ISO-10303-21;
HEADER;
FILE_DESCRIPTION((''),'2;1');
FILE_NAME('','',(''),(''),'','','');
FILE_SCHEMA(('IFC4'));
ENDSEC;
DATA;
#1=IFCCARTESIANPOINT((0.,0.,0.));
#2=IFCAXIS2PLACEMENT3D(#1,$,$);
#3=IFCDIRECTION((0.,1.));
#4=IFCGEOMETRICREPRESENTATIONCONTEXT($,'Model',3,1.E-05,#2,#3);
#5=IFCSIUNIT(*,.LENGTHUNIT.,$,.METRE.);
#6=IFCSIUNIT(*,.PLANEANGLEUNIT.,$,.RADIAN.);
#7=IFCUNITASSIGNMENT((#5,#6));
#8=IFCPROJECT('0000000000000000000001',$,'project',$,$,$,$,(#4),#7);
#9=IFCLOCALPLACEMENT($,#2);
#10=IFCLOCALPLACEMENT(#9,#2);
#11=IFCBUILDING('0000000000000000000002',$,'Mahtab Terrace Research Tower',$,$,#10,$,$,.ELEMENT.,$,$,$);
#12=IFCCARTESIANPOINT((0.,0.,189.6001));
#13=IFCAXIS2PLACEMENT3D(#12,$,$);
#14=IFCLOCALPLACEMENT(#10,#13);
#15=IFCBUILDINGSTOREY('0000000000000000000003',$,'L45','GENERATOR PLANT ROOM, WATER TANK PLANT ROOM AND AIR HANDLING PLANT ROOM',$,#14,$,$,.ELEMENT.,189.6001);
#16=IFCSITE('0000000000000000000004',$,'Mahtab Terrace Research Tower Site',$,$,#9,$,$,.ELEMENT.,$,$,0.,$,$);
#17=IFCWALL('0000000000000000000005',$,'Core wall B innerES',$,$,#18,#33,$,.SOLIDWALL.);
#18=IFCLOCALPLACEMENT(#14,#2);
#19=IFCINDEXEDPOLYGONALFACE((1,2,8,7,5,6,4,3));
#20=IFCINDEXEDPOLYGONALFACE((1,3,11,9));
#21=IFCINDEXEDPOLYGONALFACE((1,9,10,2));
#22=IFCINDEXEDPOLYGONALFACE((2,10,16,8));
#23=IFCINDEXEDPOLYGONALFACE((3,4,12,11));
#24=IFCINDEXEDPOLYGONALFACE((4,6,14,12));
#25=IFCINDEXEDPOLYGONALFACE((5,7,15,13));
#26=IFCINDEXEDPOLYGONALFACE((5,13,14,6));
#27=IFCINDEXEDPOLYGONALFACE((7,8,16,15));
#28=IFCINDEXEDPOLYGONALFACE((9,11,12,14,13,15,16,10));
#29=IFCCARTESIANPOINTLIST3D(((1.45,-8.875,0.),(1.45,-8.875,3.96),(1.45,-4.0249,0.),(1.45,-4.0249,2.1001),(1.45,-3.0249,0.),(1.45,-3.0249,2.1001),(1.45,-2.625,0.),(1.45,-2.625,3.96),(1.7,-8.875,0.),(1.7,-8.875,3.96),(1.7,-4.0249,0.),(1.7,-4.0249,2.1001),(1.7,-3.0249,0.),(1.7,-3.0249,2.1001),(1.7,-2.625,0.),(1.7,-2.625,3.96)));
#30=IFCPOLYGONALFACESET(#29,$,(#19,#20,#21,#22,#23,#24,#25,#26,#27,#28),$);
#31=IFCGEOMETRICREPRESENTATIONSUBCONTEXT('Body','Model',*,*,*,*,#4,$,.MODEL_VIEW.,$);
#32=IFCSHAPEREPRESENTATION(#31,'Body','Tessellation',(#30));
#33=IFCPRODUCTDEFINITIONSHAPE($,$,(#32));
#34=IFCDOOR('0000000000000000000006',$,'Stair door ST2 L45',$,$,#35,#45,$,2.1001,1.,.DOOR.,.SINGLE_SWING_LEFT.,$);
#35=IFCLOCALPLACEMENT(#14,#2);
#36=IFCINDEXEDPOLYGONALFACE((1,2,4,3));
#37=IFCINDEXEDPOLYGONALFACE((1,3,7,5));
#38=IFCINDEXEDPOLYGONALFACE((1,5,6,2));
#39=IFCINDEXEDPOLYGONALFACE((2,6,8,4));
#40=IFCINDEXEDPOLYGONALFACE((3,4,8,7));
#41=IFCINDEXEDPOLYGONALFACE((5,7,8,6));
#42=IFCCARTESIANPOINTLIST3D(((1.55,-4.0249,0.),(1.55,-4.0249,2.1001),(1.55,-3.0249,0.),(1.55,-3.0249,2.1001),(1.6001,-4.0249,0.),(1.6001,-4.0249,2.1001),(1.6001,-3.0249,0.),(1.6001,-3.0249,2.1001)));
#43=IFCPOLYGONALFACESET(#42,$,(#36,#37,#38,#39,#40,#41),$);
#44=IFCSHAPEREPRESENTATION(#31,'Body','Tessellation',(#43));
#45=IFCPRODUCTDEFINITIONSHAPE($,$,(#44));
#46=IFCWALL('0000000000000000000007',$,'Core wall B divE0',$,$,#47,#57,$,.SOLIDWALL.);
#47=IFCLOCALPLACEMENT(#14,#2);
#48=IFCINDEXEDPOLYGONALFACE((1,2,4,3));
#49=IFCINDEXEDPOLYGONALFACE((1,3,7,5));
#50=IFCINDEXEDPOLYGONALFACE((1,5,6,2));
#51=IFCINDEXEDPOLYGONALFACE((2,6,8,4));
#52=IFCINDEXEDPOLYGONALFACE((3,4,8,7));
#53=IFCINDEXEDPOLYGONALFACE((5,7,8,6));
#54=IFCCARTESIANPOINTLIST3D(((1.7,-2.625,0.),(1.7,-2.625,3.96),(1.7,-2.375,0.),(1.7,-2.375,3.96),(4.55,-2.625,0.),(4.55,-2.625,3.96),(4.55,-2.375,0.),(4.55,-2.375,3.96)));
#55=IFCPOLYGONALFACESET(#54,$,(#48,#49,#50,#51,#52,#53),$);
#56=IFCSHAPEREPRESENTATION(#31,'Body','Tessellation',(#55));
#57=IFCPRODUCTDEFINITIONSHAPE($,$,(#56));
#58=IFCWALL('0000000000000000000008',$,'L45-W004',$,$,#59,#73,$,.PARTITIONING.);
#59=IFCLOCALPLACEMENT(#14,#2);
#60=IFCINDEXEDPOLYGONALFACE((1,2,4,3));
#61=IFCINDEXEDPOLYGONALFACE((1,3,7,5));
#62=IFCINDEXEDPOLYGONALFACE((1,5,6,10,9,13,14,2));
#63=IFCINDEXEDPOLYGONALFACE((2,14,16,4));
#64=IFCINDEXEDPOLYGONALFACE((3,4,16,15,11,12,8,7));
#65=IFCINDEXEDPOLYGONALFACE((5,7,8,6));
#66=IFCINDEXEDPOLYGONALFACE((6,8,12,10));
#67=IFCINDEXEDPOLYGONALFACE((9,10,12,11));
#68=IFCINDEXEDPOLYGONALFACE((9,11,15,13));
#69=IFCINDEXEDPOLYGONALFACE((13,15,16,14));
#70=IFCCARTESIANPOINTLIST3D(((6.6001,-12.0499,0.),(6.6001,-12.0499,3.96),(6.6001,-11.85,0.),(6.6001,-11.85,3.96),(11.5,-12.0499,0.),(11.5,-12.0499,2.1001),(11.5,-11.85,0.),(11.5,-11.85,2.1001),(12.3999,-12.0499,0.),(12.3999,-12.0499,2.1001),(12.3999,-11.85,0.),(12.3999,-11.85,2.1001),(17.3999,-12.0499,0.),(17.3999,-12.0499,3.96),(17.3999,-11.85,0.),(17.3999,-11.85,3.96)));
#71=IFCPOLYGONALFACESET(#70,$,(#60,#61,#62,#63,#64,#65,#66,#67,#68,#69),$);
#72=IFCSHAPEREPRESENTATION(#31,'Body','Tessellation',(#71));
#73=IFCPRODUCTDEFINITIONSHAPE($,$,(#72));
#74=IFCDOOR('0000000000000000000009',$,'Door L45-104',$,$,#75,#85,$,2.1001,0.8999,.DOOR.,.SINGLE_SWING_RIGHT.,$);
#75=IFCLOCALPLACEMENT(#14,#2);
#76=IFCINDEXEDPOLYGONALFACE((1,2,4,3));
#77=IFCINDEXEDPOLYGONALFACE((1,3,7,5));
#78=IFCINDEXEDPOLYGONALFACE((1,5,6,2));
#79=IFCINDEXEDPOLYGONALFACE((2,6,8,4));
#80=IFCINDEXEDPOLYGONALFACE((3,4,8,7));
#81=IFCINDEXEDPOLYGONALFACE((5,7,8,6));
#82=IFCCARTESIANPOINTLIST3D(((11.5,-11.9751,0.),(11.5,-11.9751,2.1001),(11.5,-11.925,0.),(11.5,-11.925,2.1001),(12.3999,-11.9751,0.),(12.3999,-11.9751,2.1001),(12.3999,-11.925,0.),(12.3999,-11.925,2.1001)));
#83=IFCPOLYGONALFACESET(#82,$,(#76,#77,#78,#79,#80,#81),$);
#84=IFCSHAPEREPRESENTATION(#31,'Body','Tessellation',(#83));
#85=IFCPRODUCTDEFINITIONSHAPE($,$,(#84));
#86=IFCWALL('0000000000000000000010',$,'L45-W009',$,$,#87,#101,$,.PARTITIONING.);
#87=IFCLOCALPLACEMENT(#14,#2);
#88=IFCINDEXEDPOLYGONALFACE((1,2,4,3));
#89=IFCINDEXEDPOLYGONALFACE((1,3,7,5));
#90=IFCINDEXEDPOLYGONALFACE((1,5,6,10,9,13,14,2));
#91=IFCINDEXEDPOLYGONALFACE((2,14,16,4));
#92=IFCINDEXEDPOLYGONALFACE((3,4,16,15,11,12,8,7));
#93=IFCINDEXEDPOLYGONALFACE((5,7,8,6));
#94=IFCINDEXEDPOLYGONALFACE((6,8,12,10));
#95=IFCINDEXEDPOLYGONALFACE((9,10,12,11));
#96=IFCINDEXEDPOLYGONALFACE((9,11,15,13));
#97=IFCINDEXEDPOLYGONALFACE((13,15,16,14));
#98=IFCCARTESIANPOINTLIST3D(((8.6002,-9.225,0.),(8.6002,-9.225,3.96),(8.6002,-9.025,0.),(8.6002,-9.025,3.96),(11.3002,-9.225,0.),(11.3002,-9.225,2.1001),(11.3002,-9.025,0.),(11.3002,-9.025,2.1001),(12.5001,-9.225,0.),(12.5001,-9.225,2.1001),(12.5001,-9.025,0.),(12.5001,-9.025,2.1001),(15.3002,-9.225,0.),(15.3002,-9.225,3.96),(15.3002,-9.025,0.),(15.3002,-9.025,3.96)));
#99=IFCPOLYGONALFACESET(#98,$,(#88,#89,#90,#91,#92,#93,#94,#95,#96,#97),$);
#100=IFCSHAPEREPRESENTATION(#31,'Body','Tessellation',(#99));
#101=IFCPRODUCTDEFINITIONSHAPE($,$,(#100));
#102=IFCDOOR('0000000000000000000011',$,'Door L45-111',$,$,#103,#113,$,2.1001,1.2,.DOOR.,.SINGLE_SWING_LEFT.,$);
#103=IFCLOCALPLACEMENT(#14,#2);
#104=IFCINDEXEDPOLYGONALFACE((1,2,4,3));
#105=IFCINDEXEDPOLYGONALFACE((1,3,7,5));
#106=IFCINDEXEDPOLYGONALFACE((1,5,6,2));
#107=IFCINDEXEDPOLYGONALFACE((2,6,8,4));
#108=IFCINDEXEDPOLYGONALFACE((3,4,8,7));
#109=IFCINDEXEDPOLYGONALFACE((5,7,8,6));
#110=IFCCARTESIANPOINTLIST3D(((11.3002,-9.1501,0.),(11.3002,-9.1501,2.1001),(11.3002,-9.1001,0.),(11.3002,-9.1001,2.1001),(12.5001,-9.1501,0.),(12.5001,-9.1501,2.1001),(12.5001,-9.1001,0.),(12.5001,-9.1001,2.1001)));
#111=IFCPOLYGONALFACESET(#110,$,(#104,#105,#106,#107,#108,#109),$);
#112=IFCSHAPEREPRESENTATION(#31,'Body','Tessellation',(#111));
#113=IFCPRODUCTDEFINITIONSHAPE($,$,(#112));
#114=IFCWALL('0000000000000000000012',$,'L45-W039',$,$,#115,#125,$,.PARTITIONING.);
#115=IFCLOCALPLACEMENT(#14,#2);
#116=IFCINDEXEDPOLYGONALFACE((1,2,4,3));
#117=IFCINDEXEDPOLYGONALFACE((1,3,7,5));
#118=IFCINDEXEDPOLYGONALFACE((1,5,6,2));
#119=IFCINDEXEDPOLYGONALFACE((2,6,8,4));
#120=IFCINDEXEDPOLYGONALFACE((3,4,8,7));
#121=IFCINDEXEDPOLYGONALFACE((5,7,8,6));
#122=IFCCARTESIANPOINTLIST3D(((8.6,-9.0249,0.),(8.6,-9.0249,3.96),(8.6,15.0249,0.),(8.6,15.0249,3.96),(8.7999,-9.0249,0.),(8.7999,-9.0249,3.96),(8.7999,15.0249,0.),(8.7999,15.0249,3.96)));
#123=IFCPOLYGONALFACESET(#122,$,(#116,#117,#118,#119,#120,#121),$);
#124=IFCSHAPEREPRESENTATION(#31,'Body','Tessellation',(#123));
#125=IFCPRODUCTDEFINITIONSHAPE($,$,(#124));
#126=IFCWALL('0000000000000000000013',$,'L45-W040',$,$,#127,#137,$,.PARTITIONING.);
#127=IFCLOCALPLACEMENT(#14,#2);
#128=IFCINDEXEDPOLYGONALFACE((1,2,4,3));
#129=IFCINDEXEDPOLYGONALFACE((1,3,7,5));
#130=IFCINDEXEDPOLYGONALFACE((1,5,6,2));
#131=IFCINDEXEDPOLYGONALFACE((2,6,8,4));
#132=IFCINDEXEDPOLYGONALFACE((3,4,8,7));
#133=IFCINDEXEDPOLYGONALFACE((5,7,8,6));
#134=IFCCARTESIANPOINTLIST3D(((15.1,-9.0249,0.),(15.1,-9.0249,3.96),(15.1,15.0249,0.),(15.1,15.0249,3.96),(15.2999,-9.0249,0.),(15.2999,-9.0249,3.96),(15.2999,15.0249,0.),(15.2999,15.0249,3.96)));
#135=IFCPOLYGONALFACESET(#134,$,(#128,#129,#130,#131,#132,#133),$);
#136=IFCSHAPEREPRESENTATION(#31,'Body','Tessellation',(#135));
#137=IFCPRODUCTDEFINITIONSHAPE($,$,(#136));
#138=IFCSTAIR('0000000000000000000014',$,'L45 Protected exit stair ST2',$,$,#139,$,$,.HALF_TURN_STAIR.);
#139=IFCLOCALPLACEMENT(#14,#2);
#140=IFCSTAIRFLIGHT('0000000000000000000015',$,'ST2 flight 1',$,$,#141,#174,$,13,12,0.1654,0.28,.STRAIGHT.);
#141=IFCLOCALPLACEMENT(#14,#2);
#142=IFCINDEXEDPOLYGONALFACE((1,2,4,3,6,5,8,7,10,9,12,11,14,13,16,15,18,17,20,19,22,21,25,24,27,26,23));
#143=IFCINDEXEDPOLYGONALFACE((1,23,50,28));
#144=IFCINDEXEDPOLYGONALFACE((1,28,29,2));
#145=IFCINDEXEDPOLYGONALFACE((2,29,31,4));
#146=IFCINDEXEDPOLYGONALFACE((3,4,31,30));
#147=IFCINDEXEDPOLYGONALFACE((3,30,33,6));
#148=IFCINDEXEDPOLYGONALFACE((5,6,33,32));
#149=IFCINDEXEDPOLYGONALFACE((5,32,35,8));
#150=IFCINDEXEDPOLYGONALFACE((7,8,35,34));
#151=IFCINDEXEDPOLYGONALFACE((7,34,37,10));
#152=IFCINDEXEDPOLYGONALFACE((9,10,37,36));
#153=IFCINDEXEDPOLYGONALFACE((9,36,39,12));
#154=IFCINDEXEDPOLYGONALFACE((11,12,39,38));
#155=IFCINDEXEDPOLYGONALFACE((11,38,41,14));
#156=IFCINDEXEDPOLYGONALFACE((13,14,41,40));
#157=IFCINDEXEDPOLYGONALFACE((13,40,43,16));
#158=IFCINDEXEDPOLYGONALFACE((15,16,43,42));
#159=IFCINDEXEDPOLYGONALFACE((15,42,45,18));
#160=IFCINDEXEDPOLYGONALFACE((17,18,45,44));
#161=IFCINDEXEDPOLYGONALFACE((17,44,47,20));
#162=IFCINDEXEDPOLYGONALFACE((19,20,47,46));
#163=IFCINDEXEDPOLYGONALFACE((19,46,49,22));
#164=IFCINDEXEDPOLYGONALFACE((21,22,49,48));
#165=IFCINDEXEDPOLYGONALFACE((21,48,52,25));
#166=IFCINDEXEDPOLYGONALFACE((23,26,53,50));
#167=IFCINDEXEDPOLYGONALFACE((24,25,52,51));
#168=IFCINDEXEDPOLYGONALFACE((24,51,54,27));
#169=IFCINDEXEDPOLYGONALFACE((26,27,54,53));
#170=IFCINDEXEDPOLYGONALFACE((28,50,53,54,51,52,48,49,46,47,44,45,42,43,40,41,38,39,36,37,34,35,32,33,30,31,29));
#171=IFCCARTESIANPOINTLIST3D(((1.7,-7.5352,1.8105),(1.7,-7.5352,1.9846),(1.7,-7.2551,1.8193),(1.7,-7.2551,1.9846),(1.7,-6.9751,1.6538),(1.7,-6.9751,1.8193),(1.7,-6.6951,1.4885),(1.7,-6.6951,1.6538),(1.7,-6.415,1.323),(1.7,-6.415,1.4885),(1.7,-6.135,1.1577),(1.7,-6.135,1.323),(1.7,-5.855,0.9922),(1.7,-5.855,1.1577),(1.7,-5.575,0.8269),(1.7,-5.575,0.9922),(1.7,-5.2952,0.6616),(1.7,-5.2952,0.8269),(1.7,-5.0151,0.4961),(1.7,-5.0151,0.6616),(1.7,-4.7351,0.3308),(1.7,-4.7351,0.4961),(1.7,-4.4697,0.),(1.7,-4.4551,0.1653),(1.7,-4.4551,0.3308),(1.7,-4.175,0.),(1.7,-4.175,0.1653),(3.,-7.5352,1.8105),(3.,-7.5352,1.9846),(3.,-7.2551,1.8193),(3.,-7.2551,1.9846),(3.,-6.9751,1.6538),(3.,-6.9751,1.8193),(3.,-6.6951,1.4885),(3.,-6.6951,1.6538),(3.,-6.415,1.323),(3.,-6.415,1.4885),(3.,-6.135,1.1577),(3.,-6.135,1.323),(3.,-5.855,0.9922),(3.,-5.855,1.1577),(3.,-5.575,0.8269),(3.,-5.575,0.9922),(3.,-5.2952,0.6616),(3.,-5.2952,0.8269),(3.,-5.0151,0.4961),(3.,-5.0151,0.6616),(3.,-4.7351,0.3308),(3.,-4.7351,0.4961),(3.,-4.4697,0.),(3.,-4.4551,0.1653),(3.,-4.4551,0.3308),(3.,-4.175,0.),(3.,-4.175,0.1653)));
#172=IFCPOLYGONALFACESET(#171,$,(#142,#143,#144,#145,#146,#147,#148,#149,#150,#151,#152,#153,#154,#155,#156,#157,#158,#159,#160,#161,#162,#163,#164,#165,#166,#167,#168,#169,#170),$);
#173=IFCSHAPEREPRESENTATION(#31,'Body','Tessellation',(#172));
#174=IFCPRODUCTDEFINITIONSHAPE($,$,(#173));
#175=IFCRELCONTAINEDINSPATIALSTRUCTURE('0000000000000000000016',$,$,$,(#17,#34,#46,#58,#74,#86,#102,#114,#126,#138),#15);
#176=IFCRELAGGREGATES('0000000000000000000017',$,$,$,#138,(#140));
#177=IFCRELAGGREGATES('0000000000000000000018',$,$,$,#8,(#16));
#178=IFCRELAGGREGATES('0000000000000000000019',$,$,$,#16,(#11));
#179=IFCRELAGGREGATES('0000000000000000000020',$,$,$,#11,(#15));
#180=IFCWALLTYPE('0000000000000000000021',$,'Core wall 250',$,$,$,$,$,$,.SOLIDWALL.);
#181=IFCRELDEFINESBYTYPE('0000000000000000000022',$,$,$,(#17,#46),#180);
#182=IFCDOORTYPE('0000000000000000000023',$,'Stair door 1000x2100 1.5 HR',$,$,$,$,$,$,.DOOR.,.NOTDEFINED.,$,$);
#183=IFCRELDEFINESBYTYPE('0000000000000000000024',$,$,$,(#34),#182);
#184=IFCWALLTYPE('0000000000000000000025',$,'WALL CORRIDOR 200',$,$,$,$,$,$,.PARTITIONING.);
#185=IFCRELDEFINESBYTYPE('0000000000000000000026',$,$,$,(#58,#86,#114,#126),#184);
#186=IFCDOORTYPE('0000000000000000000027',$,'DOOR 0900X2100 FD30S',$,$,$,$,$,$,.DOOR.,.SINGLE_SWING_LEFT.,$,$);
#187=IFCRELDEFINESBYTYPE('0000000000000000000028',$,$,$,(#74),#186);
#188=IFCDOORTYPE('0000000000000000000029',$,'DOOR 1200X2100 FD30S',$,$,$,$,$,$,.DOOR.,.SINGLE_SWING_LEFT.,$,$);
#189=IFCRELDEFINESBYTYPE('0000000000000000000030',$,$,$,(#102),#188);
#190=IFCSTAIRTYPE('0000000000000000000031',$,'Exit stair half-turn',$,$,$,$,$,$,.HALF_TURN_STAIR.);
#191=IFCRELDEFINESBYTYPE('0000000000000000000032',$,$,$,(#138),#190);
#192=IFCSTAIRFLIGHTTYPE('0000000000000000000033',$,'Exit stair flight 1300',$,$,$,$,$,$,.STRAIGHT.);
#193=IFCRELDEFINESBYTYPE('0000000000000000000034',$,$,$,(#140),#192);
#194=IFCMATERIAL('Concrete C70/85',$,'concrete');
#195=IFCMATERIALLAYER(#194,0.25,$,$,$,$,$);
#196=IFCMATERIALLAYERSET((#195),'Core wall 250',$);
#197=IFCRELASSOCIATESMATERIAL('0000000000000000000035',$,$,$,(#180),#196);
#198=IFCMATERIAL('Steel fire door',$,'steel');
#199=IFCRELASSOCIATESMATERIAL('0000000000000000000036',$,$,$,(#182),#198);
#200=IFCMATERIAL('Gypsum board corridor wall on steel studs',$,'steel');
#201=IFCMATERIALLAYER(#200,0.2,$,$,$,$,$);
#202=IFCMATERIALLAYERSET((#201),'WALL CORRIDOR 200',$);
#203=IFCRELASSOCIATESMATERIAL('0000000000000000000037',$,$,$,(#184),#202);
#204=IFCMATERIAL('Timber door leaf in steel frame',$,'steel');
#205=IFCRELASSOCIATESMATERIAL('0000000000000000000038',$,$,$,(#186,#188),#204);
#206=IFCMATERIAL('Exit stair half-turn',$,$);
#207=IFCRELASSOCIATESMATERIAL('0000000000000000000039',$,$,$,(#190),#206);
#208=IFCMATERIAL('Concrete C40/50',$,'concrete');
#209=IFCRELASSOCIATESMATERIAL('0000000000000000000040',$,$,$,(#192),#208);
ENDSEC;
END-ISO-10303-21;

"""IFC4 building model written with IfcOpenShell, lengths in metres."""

from ifc_helpers import new_model, si_unit, direction, frame, frame_2d, origin, place, context, subcontext, project, spatial, polyline, rectangle, outline, extrude, material, layer, layer_set, type_object, element, fill, aggregate, save


model = new_model("IFC4")

# Units and contexts
model_context = context("Model", 3, precision=1e-05, world=origin(), true_north=direction((0.0, 1.0)))
body_context = subcontext(model_context, "Body", "Model", "MODEL_VIEW")
ifc_project = project(units=[si_unit("LENGTHUNIT", "METRE"), si_unit("PLANEANGLEUNIT", "RADIAN")], contexts=[model_context])

# Site, building, storey
site_placement = place(None, origin())
site = spatial("IfcSite", under=ifc_project, at=site_placement, Name="Mahtab Terrace Research Tower Site", CompositionType="ELEMENT", RefElevation=0.0)
building_placement = place(site_placement, origin())
building = spatial("IfcBuilding", under=site, at=building_placement, Name="Mahtab Terrace Research Tower", CompositionType="ELEMENT")
storey_placement = place(building_placement, frame((0.0, 0.0, 189.6001)))
storey = spatial("IfcBuildingStorey", under=building, at=storey_placement, Name="L45", Description="GENERATOR PLANT ROOM, WATER TANK PLANT ROOM AND AIR HANDLING PLANT ROOM", CompositionType="ELEMENT", Elevation=189.6001)

# Shared definitions
ifc_material_1 = material(Name="Concrete C70/85", Category="concrete")

# Shared definitions
ifc_layer_1 = layer(ifc_material_1, 0.25)
ifc_layer_set_1 = layer_set([ifc_layer_1], Name="Core wall 250")
wall_type_1 = type_object("IfcWallType", Name="Core wall 250", PredefinedType="SOLIDWALL", material=ifc_layer_set_1)

# Wall, opening, door
ifc_material_2 = material(Name="Steel fire door", Category="steel")
wall_1_placement = place(storey_placement, frame((1.575, -8.875, 0.0), z_axis=(0.0, 0.0, 1.0), x_axis=(0.0, 1.0, 0.0)))
wall_1 = element("IfcWall", 1, at=wall_1_placement, inside=storey, type_object=wall_type_1, Name="Core wall B innerES", PredefinedType="SOLIDWALL", context=body_context, shape_type="SweptSolid", body=[
    extrude(rectangle(XDim=6.25, YDim=0.25, at=frame_2d((3.125, 0.0))), origin(), (0.0, 0.0, 1.0), 3.96),
])
opening_1_placement = place(wall_1_placement, frame((4.8501, 0.0, 0.0)))
opening_1 = element("IfcOpeningElement", 2, at=opening_1_placement, cuts=wall_1, PredefinedType="OPENING", context=body_context, shape_type="SweptSolid", body=[
    extrude(rectangle(XDim=1.0, YDim=2.1001, at=frame_2d((0.5, 1.05))), frame((0.0, 0.135, 0.0), z_axis=(0.0, -1.0, 0.0), x_axis=(1.0, 0.0, 0.0)), (0.0, 0.0, 1.0), 0.27),
])
door_type_1 = type_object("IfcDoorType", Name="Stair door 1000x2100 1.5 HR", OperationType="NOTDEFINED", PredefinedType="DOOR", material=ifc_material_2)
door_1_placement = place(opening_1_placement, origin())
door_1 = element("IfcDoor", 3, at=door_1_placement, inside=storey, type_object=door_type_1, Name="Stair door ST2 L45", OperationType="SINGLE_SWING_LEFT", OverallHeight=2.1001, OverallWidth=1.0, PredefinedType="DOOR", context=body_context, shape_type="SweptSolid", body=[
    extrude(rectangle(XDim=1.0, YDim=2.1001, at=frame_2d((0.5, 1.05))), frame((0.0, 0.0249, 0.0), z_axis=(0.0, -1.0, 0.0), x_axis=(1.0, 0.0, 0.0)), (0.0, 0.0, 1.0), 0.05),
])
fill(opening_1, door_1)

# Wall
wall_2_placement = place(storey_placement, frame((1.7, -2.5, 0.0), z_axis=(0.0, 0.0, 1.0), x_axis=(1.0, 0.0, 0.0)))
element("IfcWall", 4, at=wall_2_placement, inside=storey, type_object=wall_type_1, Name="Core wall B divE0", PredefinedType="SOLIDWALL", context=body_context, shape_type="SweptSolid", body=[
    extrude(rectangle(XDim=2.8501, YDim=0.25, at=frame_2d((1.425, 0.0))), origin(), (0.0, 0.0, 1.0), 3.96),
])

# Walls, openings, doors
ifc_material_3 = material(Name="Gypsum board corridor wall on steel studs", Category="steel")
ifc_layer_2 = layer(ifc_material_3, 0.2)
ifc_layer_set_2 = layer_set([ifc_layer_2], Name="WALL CORRIDOR 200")
wall_type_2 = type_object("IfcWallType", Name="WALL CORRIDOR 200", PredefinedType="PARTITIONING", material=ifc_layer_set_2)
wall_3_placement = place(storey_placement, frame((6.6001, -11.95, 0.0), z_axis=(0.0, 0.0, 1.0), x_axis=(1.0, 0.0, 0.0)))
wall_3 = element("IfcWall", 5, at=wall_3_placement, inside=storey, type_object=wall_type_2, Name="L45-W004", PredefinedType="PARTITIONING", context=body_context, shape_type="SweptSolid", body=[
    extrude(rectangle(XDim=10.7998, YDim=0.2, at=frame_2d((5.3999, 0.0))), origin(), (0.0, 0.0, 1.0), 3.96),
])
opening_2_placement = place(wall_3_placement, frame((4.8999, 0.0, 0.0)))
opening_2 = element("IfcOpeningElement", 6, at=opening_2_placement, cuts=wall_3, PredefinedType="OPENING", context=body_context, shape_type="SweptSolid", body=[
    extrude(rectangle(XDim=0.8999, YDim=2.1001, at=frame_2d((0.45, 1.05))), frame((0.0, 0.1099, 0.0), z_axis=(0.0, -1.0, 0.0), x_axis=(1.0, 0.0, 0.0)), (0.0, 0.0, 1.0), 0.22),
])
ifc_material_4 = material(Name="Timber door leaf in steel frame", Category="steel")
door_type_2 = type_object("IfcDoorType", Name="DOOR 0900X2100 FD30S", OperationType="SINGLE_SWING_LEFT", PredefinedType="DOOR", material=ifc_material_4)
door_2_placement = place(opening_2_placement, origin())
door_2 = element("IfcDoor", 7, at=door_2_placement, inside=storey, type_object=door_type_2, Name="Door L45-104", OperationType="SINGLE_SWING_RIGHT", OverallHeight=2.1001, OverallWidth=0.8999, PredefinedType="DOOR", context=body_context, shape_type="SweptSolid", body=[
    extrude(rectangle(XDim=0.8999, YDim=2.1001, at=frame_2d((0.45, 1.05))), frame((0.0, 0.0249, 0.0), z_axis=(0.0, -1.0, 0.0), x_axis=(1.0, 0.0, 0.0)), (0.0, 0.0, 1.0), 0.05),
])
fill(opening_2, door_2)
wall_4_placement = place(storey_placement, frame((8.6001, -9.125, 0.0), z_axis=(0.0, 0.0, 1.0), x_axis=(1.0, 0.0, 0.0)))
wall_4 = element("IfcWall", 8, at=wall_4_placement, inside=storey, type_object=wall_type_2, Name="L45-W009", PredefinedType="PARTITIONING", context=body_context, shape_type="SweptSolid", body=[
    extrude(rectangle(XDim=6.7, YDim=0.2, at=frame_2d((3.3501, 0.0))), origin(), (0.0, 0.0, 1.0), 3.96),
])
opening_3_placement = place(wall_4_placement, frame((2.7, 0.0, 0.0)))
opening_3 = element("IfcOpeningElement", 9, at=opening_3_placement, cuts=wall_4, PredefinedType="OPENING", context=body_context, shape_type="SweptSolid", body=[
    extrude(rectangle(XDim=1.2, YDim=2.1001, at=frame_2d((0.6001, 1.05))), frame((0.0, 0.1099, 0.0), z_axis=(0.0, -1.0, 0.0), x_axis=(1.0, 0.0, 0.0)), (0.0, 0.0, 1.0), 0.22),
])
door_type_3 = type_object("IfcDoorType", Name="DOOR 1200X2100 FD30S", OperationType="SINGLE_SWING_LEFT", PredefinedType="DOOR", material=ifc_material_4)
door_3_placement = place(opening_3_placement, origin())
door_3 = element("IfcDoor", 10, at=door_3_placement, inside=storey, type_object=door_type_3, Name="Door L45-111", OperationType="SINGLE_SWING_LEFT", OverallHeight=2.1001, OverallWidth=1.2, PredefinedType="DOOR", context=body_context, shape_type="SweptSolid", body=[
    extrude(rectangle(XDim=1.2, YDim=2.1001, at=frame_2d((0.6001, 1.05))), frame((0.0, 0.0249, 0.0), z_axis=(0.0, -1.0, 0.0), x_axis=(1.0, 0.0, 0.0)), (0.0, 0.0, 1.0), 0.05),
])
fill(opening_3, door_3)

# Walls
for number, where, z_axis, x_axis, name in (
    (11, (8.7, -9.0249, 0.0), (0.0, 0.0, 1.0), (0.0, 1.0, 0.0), "L45-W039"),
    (12, (15.2, -9.0249, 0.0), (0.0, 0.0, 1.0), (0.0, 1.0, 0.0), "L45-W040"),
):
    element("IfcWall", number, at=place(storey_placement, frame(where, z_axis=z_axis, x_axis=x_axis)), inside=storey, type_object=wall_type_2, Name=name, PredefinedType="PARTITIONING", context=body_context, shape_type="SweptSolid", body=[
        extrude(rectangle(XDim=24.0498, YDim=0.2, at=frame_2d((12.0249, 0.0))), origin(), (0.0, 0.0, 1.0), 3.96),
    ])

# Stair, stair flight
ifc_material_5 = material(Name="Exit stair half-turn")
stair_type = type_object("IfcStairType", Name="Exit stair half-turn", PredefinedType="HALF_TURN_STAIR", material=ifc_material_5)
stair_placement = place(storey_placement, origin())
stair = element("IfcStair", 13, at=stair_placement, inside=storey, type_object=stair_type, Name="L45 Protected exit stair ST2", PredefinedType="HALF_TURN_STAIR")
ifc_material_6 = material(Name="Concrete C40/50", Category="concrete")
stair_flight_type = type_object("IfcStairFlightType", Name="Exit stair flight 1300", PredefinedType="STRAIGHT", material=ifc_material_6)
stair_flight_1_placement = place(storey_placement, frame((2.3501, -4.175, 0.0), z_axis=(0.0, 0.0, 1.0), x_axis=(0.0, -1.0, 0.0)))
stair_flight_1 = element("IfcStairFlight", 14, at=stair_flight_1_placement, type_object=stair_flight_type, Name="ST2 flight 1", NumberOfRisers=13, NumberOfTreads=12, PredefinedType="STRAIGHT", RiserHeight=0.1654, TreadLength=0.28, context=body_context, shape_type="SweptSolid", body=[
    extrude(outline(polyline([(0.0, 0.0), (0.0, 0.1653), (0.28, 0.1653), (0.28, 0.3308), (0.5601, 0.3308), (0.5601, 0.4961), (0.8401, 0.4961), (0.8401, 0.6616), (1.1201, 0.6616), (1.1201, 0.8269), (1.3999, 0.8269), (1.3999, 0.9922), (1.6799, 0.9922), (1.6799, 1.1577), (1.96, 1.1577), (1.96, 1.323), (2.24, 1.323), (2.24, 1.4885), (2.52, 1.4885), (2.52, 1.6538), (2.8, 1.6538), (2.8, 1.8193), (3.0801, 1.8193), (3.0801, 1.9846), (3.3601, 1.9846), (3.3601, 2.1499), (3.3601, 1.8105), (0.2947, 0.0), (0.0, 0.0)])), frame((0.0, 0.6499, 0.0), z_axis=(0.0, -1.0, 0.0), x_axis=(1.0, 0.0, 0.0)), (0.0, 0.0, 1.0), 1.3),
])
aggregate(stair, [stair_flight_1])

save(model, "model.ifc")
